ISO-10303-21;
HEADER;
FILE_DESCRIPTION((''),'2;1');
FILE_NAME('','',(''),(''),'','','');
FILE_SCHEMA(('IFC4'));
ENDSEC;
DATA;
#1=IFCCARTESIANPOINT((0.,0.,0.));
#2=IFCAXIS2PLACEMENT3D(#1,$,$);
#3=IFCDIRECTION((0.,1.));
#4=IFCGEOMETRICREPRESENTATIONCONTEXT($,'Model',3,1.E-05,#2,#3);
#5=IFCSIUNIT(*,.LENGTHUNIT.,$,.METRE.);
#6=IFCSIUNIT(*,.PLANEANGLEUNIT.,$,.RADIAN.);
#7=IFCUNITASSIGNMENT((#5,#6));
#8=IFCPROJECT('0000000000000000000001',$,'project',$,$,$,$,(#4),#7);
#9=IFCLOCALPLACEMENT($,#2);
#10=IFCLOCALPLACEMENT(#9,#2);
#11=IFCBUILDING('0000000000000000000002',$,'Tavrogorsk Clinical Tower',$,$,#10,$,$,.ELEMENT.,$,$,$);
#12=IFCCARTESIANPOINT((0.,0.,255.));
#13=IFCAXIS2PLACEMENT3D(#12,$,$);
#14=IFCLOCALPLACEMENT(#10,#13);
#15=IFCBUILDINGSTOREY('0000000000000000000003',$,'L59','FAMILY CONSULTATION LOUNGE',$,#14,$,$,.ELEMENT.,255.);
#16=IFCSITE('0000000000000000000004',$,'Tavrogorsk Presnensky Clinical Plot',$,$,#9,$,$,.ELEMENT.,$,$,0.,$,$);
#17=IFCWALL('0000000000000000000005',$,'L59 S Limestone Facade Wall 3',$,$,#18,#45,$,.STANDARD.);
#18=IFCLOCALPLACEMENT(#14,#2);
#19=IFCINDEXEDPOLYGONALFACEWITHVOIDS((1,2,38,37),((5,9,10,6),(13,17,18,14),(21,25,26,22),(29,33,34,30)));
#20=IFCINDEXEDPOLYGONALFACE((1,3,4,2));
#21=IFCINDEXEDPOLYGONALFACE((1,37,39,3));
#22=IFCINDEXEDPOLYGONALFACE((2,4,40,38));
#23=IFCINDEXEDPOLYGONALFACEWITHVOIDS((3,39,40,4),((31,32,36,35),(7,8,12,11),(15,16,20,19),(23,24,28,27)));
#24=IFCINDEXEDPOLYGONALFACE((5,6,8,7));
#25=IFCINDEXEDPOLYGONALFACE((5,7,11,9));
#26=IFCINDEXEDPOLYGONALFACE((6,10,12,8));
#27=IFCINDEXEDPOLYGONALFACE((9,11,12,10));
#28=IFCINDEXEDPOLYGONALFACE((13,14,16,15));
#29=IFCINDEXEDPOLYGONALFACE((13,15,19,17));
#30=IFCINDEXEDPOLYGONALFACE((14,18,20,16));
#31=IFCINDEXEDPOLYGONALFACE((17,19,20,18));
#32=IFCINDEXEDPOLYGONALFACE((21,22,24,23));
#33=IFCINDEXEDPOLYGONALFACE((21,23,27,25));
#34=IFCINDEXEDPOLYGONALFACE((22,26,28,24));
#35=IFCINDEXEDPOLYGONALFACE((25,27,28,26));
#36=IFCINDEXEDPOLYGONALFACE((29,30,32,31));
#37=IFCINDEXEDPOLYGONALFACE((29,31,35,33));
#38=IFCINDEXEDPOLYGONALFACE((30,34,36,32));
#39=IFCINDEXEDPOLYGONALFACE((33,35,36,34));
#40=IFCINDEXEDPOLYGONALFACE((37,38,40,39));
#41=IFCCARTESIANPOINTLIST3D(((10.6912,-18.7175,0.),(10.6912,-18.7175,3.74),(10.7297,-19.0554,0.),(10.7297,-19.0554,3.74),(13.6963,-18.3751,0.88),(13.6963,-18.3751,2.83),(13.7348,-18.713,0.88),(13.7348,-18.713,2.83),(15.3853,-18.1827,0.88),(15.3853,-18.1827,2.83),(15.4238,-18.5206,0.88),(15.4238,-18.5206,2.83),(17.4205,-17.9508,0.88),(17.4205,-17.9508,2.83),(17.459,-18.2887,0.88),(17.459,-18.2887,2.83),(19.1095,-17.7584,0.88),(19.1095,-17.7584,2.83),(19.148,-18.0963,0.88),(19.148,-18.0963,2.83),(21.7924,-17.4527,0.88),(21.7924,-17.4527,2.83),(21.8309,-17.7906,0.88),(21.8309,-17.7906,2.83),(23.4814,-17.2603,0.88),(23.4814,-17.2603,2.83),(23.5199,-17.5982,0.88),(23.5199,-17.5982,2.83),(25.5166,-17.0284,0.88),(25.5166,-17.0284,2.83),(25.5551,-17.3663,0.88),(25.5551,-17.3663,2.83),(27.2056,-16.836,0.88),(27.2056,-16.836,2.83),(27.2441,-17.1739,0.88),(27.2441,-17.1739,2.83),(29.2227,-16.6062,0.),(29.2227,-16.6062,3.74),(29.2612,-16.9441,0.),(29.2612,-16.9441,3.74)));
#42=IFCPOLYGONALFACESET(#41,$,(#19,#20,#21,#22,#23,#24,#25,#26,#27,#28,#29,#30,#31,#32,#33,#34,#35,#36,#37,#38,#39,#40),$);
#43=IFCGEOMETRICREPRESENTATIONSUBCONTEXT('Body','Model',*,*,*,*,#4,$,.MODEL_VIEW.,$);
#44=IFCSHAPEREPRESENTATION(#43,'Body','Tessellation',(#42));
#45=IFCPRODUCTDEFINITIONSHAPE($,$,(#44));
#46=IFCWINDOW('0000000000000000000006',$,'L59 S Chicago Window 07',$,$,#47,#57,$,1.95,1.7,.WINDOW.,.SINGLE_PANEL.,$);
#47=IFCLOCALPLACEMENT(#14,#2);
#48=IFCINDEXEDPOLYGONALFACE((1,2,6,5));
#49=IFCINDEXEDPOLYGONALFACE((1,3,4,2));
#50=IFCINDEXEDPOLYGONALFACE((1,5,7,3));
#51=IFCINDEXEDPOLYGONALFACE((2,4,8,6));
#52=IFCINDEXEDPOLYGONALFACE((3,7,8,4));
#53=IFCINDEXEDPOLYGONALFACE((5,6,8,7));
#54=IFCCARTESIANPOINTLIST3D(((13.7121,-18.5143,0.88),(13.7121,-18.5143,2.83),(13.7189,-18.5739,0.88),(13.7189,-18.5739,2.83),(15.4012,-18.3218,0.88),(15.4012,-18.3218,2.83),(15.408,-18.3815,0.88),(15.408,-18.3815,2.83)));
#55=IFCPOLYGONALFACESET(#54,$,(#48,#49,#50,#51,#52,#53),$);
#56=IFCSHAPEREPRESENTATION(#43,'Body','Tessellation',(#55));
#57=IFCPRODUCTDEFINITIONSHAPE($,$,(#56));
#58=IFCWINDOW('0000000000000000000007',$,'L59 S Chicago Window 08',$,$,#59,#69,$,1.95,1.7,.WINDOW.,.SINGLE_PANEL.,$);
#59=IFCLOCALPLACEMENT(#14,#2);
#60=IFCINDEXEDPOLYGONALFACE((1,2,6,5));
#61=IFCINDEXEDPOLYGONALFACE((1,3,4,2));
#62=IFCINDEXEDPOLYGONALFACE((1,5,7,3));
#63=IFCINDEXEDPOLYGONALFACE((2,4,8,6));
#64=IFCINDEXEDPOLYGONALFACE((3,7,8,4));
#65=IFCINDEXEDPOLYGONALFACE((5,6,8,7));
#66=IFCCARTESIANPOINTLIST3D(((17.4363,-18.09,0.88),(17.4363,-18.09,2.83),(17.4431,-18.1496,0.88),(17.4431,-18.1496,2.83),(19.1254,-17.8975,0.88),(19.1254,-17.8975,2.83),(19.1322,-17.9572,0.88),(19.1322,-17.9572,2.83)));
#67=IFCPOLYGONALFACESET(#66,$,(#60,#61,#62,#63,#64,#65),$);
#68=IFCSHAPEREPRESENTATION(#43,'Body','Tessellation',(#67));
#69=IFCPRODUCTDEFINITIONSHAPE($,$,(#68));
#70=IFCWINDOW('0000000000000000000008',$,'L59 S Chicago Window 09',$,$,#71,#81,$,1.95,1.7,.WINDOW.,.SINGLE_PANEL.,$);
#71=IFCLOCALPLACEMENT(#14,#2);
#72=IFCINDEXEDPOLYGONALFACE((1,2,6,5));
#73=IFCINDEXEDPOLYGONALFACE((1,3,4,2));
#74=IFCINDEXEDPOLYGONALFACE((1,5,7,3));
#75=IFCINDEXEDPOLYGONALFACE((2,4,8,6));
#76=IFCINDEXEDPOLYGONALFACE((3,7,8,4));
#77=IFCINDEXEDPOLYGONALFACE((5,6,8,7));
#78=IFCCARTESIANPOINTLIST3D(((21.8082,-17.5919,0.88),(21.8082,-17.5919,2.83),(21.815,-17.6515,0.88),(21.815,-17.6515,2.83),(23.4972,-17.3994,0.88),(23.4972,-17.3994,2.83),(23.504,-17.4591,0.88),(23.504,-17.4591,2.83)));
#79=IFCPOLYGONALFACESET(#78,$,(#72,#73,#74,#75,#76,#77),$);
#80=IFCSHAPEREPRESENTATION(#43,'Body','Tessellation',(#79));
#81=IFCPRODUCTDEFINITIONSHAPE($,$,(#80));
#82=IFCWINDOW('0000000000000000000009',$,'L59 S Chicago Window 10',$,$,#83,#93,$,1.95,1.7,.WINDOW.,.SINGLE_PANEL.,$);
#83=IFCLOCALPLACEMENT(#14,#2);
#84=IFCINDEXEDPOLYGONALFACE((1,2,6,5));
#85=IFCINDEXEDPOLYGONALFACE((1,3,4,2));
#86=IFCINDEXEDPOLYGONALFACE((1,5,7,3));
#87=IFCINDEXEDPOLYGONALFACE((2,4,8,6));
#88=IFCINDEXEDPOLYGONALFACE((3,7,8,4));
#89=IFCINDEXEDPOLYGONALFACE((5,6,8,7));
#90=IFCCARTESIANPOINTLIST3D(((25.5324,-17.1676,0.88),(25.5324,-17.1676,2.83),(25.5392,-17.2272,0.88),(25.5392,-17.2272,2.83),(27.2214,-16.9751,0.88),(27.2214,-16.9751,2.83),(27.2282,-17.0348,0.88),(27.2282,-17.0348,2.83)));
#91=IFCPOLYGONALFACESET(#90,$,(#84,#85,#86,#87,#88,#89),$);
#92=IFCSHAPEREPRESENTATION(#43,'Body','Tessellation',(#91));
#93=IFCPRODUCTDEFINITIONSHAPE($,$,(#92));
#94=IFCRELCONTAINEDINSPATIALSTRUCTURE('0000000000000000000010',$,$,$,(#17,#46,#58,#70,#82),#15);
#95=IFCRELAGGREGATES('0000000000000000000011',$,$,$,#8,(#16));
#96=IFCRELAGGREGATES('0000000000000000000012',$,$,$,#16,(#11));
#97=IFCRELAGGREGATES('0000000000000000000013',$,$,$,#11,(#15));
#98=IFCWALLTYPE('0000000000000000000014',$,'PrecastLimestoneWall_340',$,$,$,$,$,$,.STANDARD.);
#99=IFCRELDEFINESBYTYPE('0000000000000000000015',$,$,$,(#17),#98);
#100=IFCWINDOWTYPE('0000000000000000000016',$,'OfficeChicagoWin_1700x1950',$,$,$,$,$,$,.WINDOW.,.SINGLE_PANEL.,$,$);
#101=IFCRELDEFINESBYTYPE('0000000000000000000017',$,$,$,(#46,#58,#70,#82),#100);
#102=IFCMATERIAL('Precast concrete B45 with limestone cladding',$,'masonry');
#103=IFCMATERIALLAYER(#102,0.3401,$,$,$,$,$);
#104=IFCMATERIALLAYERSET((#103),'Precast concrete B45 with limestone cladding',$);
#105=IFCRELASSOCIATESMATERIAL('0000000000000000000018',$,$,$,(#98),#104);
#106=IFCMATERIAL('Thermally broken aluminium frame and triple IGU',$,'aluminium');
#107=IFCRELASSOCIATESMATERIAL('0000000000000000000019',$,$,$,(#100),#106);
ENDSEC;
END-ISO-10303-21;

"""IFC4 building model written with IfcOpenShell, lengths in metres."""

from ifc_helpers import new_model, si_unit, direction, frame, frame_2d, origin, place, context, subcontext, project, spatial, rectangle, extrude, material, layer, layer_set, type_object, element, fill, save


model = new_model("IFC4")

# Units and contexts
model_context = context("Model", 3, precision=1e-05, world=origin(), true_north=direction((0.0, 1.0)))
body_context = subcontext(model_context, "Body", "Model", "MODEL_VIEW")
ifc_project = project(units=[si_unit("LENGTHUNIT", "METRE"), si_unit("PLANEANGLEUNIT", "RADIAN")], contexts=[model_context])

# Site, building, storey
site_placement = place(None, origin())
site = spatial("IfcSite", under=ifc_project, at=site_placement, Name="Tavrogorsk Presnensky Clinical Plot", CompositionType="ELEMENT", RefElevation=0.0)
building_placement = place(site_placement, origin())
building = spatial("IfcBuilding", under=site, at=building_placement, Name="Tavrogorsk Clinical Tower", CompositionType="ELEMENT")
storey_placement = place(building_placement, frame((0.0, 0.0, 255.0)))
storey = spatial("IfcBuildingStorey", under=building, at=storey_placement, Name="L59", Description="FAMILY CONSULTATION LOUNGE", CompositionType="ELEMENT", Elevation=255.0)

# Wall, openings, windows
ifc_material_1 = material(Name="Precast concrete B45 with limestone cladding", Category="masonry")
ifc_layer_1 = layer(ifc_material_1, 0.3401)
ifc_layer_set_1 = layer_set([ifc_layer_1], Name="Precast concrete B45 with limestone cladding")
wall_type_1 = type_object("IfcWallType", Name="PrecastLimestoneWall_340", PredefinedType="STANDARD", material=ifc_layer_set_1)
wall_1_placement = place(storey_placement, frame((10.7104, -18.8865, 0.0), z_axis=(0.0, 0.0, 1.0), x_axis=(0.993572, 0.1132, 0.0)))
wall_1 = element("IfcWall", 1, at=wall_1_placement, inside=storey, type_object=wall_type_1, Name="L59 S Limestone Facade Wall 3", PredefinedType="STANDARD", context=body_context, shape_type="SweptSolid", body=[
    extrude(rectangle(XDim=18.6514, YDim=0.3401, at=frame_2d((9.3257, 0.0))), origin(), (0.0, 0.0, 1.0), 3.74),
])
opening_1_placement = place(wall_1_placement, frame((3.0244, 0.0, 0.8799)))
opening_1 = element("IfcOpeningElement", 2, at=opening_1_placement, cuts=wall_1, PredefinedType="OPENING", context=body_context, shape_type="SweptSolid", body=[
    extrude(rectangle(XDim=1.7, YDim=1.95, at=frame_2d((0.8501, 0.9751))), frame((0.0, 0.1799, 0.0), z_axis=(0.0, -1.0, 0.0), x_axis=(1.0, 0.0, 0.0)), (0.0, 0.0, 1.0), 0.3601),
])
opening_2_placement = place(wall_1_placement, frame((6.7727, 0.0, 0.8799)))
opening_2 = element("IfcOpeningElement", 3, at=opening_2_placement, cuts=wall_1, PredefinedType="OPENING", context=body_context, shape_type="SweptSolid", body=[
    extrude(rectangle(XDim=1.7, YDim=1.95, at=frame_2d((0.8501, 0.9751))), frame((0.0, 0.1799, 0.0), z_axis=(0.0, -1.0, 0.0), x_axis=(1.0, 0.0, 0.0)), (0.0, 0.0, 1.0), 0.3601),
])
opening_3_placement = place(wall_1_placement, frame((11.1729, 0.0, 0.8799)))
opening_3 = element("IfcOpeningElement", 4, at=opening_3_placement, cuts=wall_1, PredefinedType="OPENING", context=body_context, shape_type="SweptSolid", body=[
    extrude(rectangle(XDim=1.7, YDim=1.95, at=frame_2d((0.8501, 0.9751))), frame((0.0, 0.1799, 0.0), z_axis=(0.0, -1.0, 0.0), x_axis=(1.0, 0.0, 0.0)), (0.0, 0.0, 1.0), 0.3601),
])
opening_4_placement = place(wall_1_placement, frame((14.9211, 0.0, 0.8799)))
opening_4 = element("IfcOpeningElement", 5, at=opening_4_placement, cuts=wall_1, PredefinedType="OPENING", context=body_context, shape_type="SweptSolid", body=[
    extrude(rectangle(XDim=1.7, YDim=1.95, at=frame_2d((0.8501, 0.9751))), frame((0.0, 0.1799, 0.0), z_axis=(0.0, -1.0, 0.0), x_axis=(1.0, 0.0, 0.0)), (0.0, 0.0, 1.0), 0.3601),
])
ifc_material_2 = material(Name="Thermally broken aluminium frame and triple IGU", Category="aluminium")
window_type = type_object("IfcWindowType", Name="OfficeChicagoWin_1700x1950", PartitioningType="SINGLE_PANEL", PredefinedType="WINDOW", material=ifc_material_2)
window_1_placement = place(opening_1_placement, origin())
window_1 = element("IfcWindow", 6, at=window_1_placement, inside=storey, type_object=window_type, Name="L59 S Chicago Window 07", OverallHeight=1.95, OverallWidth=1.7, PartitioningType="SINGLE_PANEL", PredefinedType="WINDOW", context=body_context, shape_type="SweptSolid", body=[
    extrude(rectangle(XDim=1.7, YDim=1.95, at=frame_2d((0.8501, 0.9751))), frame((0.0, 0.03, 0.0), z_axis=(0.0, -1.0, 0.0), x_axis=(1.0, 0.0, 0.0)), (0.0, 0.0, 1.0), 0.0601),
])
fill(opening_1, window_1)
window_2_placement = place(opening_2_placement, origin())
window_2 = element("IfcWindow", 7, at=window_2_placement, inside=storey, type_object=window_type, Name="L59 S Chicago Window 08", OverallHeight=1.95, OverallWidth=1.7, PartitioningType="SINGLE_PANEL", PredefinedType="WINDOW", context=body_context, shape_type="SweptSolid", body=[
    extrude(rectangle(XDim=1.7, YDim=1.95, at=frame_2d((0.8501, 0.9751))), frame((0.0, 0.03, 0.0), z_axis=(0.0, -1.0, 0.0), x_axis=(1.0, 0.0, 0.0)), (0.0, 0.0, 1.0), 0.0601),
])
fill(opening_2, window_2)
window_3_placement = place(opening_3_placement, origin())
window_3 = element("IfcWindow", 8, at=window_3_placement, inside=storey, type_object=window_type, Name="L59 S Chicago Window 09", OverallHeight=1.95, OverallWidth=1.7, PartitioningType="SINGLE_PANEL", PredefinedType="WINDOW", context=body_context, shape_type="SweptSolid", body=[
    extrude(rectangle(XDim=1.7, YDim=1.95, at=frame_2d((0.8501, 0.9751))), frame((0.0, 0.03, 0.0), z_axis=(0.0, -1.0, 0.0), x_axis=(1.0, 0.0, 0.0)), (0.0, 0.0, 1.0), 0.0601),
])
fill(opening_3, window_3)
window_4_placement = place(opening_4_placement, origin())
window_4 = element("IfcWindow", 9, at=window_4_placement, inside=storey, type_object=window_type, Name="L59 S Chicago Window 10", OverallHeight=1.95, OverallWidth=1.7, PartitioningType="SINGLE_PANEL", PredefinedType="WINDOW", context=body_context, shape_type="SweptSolid", body=[
    extrude(rectangle(XDim=1.7, YDim=1.95, at=frame_2d((0.8501, 0.9751))), frame((0.0, 0.03, 0.0), z_axis=(0.0, -1.0, 0.0), x_axis=(1.0, 0.0, 0.0)), (0.0, 0.0, 1.0), 0.0601),
])
fill(opening_4, window_4)

save(model, "model.ifc")
